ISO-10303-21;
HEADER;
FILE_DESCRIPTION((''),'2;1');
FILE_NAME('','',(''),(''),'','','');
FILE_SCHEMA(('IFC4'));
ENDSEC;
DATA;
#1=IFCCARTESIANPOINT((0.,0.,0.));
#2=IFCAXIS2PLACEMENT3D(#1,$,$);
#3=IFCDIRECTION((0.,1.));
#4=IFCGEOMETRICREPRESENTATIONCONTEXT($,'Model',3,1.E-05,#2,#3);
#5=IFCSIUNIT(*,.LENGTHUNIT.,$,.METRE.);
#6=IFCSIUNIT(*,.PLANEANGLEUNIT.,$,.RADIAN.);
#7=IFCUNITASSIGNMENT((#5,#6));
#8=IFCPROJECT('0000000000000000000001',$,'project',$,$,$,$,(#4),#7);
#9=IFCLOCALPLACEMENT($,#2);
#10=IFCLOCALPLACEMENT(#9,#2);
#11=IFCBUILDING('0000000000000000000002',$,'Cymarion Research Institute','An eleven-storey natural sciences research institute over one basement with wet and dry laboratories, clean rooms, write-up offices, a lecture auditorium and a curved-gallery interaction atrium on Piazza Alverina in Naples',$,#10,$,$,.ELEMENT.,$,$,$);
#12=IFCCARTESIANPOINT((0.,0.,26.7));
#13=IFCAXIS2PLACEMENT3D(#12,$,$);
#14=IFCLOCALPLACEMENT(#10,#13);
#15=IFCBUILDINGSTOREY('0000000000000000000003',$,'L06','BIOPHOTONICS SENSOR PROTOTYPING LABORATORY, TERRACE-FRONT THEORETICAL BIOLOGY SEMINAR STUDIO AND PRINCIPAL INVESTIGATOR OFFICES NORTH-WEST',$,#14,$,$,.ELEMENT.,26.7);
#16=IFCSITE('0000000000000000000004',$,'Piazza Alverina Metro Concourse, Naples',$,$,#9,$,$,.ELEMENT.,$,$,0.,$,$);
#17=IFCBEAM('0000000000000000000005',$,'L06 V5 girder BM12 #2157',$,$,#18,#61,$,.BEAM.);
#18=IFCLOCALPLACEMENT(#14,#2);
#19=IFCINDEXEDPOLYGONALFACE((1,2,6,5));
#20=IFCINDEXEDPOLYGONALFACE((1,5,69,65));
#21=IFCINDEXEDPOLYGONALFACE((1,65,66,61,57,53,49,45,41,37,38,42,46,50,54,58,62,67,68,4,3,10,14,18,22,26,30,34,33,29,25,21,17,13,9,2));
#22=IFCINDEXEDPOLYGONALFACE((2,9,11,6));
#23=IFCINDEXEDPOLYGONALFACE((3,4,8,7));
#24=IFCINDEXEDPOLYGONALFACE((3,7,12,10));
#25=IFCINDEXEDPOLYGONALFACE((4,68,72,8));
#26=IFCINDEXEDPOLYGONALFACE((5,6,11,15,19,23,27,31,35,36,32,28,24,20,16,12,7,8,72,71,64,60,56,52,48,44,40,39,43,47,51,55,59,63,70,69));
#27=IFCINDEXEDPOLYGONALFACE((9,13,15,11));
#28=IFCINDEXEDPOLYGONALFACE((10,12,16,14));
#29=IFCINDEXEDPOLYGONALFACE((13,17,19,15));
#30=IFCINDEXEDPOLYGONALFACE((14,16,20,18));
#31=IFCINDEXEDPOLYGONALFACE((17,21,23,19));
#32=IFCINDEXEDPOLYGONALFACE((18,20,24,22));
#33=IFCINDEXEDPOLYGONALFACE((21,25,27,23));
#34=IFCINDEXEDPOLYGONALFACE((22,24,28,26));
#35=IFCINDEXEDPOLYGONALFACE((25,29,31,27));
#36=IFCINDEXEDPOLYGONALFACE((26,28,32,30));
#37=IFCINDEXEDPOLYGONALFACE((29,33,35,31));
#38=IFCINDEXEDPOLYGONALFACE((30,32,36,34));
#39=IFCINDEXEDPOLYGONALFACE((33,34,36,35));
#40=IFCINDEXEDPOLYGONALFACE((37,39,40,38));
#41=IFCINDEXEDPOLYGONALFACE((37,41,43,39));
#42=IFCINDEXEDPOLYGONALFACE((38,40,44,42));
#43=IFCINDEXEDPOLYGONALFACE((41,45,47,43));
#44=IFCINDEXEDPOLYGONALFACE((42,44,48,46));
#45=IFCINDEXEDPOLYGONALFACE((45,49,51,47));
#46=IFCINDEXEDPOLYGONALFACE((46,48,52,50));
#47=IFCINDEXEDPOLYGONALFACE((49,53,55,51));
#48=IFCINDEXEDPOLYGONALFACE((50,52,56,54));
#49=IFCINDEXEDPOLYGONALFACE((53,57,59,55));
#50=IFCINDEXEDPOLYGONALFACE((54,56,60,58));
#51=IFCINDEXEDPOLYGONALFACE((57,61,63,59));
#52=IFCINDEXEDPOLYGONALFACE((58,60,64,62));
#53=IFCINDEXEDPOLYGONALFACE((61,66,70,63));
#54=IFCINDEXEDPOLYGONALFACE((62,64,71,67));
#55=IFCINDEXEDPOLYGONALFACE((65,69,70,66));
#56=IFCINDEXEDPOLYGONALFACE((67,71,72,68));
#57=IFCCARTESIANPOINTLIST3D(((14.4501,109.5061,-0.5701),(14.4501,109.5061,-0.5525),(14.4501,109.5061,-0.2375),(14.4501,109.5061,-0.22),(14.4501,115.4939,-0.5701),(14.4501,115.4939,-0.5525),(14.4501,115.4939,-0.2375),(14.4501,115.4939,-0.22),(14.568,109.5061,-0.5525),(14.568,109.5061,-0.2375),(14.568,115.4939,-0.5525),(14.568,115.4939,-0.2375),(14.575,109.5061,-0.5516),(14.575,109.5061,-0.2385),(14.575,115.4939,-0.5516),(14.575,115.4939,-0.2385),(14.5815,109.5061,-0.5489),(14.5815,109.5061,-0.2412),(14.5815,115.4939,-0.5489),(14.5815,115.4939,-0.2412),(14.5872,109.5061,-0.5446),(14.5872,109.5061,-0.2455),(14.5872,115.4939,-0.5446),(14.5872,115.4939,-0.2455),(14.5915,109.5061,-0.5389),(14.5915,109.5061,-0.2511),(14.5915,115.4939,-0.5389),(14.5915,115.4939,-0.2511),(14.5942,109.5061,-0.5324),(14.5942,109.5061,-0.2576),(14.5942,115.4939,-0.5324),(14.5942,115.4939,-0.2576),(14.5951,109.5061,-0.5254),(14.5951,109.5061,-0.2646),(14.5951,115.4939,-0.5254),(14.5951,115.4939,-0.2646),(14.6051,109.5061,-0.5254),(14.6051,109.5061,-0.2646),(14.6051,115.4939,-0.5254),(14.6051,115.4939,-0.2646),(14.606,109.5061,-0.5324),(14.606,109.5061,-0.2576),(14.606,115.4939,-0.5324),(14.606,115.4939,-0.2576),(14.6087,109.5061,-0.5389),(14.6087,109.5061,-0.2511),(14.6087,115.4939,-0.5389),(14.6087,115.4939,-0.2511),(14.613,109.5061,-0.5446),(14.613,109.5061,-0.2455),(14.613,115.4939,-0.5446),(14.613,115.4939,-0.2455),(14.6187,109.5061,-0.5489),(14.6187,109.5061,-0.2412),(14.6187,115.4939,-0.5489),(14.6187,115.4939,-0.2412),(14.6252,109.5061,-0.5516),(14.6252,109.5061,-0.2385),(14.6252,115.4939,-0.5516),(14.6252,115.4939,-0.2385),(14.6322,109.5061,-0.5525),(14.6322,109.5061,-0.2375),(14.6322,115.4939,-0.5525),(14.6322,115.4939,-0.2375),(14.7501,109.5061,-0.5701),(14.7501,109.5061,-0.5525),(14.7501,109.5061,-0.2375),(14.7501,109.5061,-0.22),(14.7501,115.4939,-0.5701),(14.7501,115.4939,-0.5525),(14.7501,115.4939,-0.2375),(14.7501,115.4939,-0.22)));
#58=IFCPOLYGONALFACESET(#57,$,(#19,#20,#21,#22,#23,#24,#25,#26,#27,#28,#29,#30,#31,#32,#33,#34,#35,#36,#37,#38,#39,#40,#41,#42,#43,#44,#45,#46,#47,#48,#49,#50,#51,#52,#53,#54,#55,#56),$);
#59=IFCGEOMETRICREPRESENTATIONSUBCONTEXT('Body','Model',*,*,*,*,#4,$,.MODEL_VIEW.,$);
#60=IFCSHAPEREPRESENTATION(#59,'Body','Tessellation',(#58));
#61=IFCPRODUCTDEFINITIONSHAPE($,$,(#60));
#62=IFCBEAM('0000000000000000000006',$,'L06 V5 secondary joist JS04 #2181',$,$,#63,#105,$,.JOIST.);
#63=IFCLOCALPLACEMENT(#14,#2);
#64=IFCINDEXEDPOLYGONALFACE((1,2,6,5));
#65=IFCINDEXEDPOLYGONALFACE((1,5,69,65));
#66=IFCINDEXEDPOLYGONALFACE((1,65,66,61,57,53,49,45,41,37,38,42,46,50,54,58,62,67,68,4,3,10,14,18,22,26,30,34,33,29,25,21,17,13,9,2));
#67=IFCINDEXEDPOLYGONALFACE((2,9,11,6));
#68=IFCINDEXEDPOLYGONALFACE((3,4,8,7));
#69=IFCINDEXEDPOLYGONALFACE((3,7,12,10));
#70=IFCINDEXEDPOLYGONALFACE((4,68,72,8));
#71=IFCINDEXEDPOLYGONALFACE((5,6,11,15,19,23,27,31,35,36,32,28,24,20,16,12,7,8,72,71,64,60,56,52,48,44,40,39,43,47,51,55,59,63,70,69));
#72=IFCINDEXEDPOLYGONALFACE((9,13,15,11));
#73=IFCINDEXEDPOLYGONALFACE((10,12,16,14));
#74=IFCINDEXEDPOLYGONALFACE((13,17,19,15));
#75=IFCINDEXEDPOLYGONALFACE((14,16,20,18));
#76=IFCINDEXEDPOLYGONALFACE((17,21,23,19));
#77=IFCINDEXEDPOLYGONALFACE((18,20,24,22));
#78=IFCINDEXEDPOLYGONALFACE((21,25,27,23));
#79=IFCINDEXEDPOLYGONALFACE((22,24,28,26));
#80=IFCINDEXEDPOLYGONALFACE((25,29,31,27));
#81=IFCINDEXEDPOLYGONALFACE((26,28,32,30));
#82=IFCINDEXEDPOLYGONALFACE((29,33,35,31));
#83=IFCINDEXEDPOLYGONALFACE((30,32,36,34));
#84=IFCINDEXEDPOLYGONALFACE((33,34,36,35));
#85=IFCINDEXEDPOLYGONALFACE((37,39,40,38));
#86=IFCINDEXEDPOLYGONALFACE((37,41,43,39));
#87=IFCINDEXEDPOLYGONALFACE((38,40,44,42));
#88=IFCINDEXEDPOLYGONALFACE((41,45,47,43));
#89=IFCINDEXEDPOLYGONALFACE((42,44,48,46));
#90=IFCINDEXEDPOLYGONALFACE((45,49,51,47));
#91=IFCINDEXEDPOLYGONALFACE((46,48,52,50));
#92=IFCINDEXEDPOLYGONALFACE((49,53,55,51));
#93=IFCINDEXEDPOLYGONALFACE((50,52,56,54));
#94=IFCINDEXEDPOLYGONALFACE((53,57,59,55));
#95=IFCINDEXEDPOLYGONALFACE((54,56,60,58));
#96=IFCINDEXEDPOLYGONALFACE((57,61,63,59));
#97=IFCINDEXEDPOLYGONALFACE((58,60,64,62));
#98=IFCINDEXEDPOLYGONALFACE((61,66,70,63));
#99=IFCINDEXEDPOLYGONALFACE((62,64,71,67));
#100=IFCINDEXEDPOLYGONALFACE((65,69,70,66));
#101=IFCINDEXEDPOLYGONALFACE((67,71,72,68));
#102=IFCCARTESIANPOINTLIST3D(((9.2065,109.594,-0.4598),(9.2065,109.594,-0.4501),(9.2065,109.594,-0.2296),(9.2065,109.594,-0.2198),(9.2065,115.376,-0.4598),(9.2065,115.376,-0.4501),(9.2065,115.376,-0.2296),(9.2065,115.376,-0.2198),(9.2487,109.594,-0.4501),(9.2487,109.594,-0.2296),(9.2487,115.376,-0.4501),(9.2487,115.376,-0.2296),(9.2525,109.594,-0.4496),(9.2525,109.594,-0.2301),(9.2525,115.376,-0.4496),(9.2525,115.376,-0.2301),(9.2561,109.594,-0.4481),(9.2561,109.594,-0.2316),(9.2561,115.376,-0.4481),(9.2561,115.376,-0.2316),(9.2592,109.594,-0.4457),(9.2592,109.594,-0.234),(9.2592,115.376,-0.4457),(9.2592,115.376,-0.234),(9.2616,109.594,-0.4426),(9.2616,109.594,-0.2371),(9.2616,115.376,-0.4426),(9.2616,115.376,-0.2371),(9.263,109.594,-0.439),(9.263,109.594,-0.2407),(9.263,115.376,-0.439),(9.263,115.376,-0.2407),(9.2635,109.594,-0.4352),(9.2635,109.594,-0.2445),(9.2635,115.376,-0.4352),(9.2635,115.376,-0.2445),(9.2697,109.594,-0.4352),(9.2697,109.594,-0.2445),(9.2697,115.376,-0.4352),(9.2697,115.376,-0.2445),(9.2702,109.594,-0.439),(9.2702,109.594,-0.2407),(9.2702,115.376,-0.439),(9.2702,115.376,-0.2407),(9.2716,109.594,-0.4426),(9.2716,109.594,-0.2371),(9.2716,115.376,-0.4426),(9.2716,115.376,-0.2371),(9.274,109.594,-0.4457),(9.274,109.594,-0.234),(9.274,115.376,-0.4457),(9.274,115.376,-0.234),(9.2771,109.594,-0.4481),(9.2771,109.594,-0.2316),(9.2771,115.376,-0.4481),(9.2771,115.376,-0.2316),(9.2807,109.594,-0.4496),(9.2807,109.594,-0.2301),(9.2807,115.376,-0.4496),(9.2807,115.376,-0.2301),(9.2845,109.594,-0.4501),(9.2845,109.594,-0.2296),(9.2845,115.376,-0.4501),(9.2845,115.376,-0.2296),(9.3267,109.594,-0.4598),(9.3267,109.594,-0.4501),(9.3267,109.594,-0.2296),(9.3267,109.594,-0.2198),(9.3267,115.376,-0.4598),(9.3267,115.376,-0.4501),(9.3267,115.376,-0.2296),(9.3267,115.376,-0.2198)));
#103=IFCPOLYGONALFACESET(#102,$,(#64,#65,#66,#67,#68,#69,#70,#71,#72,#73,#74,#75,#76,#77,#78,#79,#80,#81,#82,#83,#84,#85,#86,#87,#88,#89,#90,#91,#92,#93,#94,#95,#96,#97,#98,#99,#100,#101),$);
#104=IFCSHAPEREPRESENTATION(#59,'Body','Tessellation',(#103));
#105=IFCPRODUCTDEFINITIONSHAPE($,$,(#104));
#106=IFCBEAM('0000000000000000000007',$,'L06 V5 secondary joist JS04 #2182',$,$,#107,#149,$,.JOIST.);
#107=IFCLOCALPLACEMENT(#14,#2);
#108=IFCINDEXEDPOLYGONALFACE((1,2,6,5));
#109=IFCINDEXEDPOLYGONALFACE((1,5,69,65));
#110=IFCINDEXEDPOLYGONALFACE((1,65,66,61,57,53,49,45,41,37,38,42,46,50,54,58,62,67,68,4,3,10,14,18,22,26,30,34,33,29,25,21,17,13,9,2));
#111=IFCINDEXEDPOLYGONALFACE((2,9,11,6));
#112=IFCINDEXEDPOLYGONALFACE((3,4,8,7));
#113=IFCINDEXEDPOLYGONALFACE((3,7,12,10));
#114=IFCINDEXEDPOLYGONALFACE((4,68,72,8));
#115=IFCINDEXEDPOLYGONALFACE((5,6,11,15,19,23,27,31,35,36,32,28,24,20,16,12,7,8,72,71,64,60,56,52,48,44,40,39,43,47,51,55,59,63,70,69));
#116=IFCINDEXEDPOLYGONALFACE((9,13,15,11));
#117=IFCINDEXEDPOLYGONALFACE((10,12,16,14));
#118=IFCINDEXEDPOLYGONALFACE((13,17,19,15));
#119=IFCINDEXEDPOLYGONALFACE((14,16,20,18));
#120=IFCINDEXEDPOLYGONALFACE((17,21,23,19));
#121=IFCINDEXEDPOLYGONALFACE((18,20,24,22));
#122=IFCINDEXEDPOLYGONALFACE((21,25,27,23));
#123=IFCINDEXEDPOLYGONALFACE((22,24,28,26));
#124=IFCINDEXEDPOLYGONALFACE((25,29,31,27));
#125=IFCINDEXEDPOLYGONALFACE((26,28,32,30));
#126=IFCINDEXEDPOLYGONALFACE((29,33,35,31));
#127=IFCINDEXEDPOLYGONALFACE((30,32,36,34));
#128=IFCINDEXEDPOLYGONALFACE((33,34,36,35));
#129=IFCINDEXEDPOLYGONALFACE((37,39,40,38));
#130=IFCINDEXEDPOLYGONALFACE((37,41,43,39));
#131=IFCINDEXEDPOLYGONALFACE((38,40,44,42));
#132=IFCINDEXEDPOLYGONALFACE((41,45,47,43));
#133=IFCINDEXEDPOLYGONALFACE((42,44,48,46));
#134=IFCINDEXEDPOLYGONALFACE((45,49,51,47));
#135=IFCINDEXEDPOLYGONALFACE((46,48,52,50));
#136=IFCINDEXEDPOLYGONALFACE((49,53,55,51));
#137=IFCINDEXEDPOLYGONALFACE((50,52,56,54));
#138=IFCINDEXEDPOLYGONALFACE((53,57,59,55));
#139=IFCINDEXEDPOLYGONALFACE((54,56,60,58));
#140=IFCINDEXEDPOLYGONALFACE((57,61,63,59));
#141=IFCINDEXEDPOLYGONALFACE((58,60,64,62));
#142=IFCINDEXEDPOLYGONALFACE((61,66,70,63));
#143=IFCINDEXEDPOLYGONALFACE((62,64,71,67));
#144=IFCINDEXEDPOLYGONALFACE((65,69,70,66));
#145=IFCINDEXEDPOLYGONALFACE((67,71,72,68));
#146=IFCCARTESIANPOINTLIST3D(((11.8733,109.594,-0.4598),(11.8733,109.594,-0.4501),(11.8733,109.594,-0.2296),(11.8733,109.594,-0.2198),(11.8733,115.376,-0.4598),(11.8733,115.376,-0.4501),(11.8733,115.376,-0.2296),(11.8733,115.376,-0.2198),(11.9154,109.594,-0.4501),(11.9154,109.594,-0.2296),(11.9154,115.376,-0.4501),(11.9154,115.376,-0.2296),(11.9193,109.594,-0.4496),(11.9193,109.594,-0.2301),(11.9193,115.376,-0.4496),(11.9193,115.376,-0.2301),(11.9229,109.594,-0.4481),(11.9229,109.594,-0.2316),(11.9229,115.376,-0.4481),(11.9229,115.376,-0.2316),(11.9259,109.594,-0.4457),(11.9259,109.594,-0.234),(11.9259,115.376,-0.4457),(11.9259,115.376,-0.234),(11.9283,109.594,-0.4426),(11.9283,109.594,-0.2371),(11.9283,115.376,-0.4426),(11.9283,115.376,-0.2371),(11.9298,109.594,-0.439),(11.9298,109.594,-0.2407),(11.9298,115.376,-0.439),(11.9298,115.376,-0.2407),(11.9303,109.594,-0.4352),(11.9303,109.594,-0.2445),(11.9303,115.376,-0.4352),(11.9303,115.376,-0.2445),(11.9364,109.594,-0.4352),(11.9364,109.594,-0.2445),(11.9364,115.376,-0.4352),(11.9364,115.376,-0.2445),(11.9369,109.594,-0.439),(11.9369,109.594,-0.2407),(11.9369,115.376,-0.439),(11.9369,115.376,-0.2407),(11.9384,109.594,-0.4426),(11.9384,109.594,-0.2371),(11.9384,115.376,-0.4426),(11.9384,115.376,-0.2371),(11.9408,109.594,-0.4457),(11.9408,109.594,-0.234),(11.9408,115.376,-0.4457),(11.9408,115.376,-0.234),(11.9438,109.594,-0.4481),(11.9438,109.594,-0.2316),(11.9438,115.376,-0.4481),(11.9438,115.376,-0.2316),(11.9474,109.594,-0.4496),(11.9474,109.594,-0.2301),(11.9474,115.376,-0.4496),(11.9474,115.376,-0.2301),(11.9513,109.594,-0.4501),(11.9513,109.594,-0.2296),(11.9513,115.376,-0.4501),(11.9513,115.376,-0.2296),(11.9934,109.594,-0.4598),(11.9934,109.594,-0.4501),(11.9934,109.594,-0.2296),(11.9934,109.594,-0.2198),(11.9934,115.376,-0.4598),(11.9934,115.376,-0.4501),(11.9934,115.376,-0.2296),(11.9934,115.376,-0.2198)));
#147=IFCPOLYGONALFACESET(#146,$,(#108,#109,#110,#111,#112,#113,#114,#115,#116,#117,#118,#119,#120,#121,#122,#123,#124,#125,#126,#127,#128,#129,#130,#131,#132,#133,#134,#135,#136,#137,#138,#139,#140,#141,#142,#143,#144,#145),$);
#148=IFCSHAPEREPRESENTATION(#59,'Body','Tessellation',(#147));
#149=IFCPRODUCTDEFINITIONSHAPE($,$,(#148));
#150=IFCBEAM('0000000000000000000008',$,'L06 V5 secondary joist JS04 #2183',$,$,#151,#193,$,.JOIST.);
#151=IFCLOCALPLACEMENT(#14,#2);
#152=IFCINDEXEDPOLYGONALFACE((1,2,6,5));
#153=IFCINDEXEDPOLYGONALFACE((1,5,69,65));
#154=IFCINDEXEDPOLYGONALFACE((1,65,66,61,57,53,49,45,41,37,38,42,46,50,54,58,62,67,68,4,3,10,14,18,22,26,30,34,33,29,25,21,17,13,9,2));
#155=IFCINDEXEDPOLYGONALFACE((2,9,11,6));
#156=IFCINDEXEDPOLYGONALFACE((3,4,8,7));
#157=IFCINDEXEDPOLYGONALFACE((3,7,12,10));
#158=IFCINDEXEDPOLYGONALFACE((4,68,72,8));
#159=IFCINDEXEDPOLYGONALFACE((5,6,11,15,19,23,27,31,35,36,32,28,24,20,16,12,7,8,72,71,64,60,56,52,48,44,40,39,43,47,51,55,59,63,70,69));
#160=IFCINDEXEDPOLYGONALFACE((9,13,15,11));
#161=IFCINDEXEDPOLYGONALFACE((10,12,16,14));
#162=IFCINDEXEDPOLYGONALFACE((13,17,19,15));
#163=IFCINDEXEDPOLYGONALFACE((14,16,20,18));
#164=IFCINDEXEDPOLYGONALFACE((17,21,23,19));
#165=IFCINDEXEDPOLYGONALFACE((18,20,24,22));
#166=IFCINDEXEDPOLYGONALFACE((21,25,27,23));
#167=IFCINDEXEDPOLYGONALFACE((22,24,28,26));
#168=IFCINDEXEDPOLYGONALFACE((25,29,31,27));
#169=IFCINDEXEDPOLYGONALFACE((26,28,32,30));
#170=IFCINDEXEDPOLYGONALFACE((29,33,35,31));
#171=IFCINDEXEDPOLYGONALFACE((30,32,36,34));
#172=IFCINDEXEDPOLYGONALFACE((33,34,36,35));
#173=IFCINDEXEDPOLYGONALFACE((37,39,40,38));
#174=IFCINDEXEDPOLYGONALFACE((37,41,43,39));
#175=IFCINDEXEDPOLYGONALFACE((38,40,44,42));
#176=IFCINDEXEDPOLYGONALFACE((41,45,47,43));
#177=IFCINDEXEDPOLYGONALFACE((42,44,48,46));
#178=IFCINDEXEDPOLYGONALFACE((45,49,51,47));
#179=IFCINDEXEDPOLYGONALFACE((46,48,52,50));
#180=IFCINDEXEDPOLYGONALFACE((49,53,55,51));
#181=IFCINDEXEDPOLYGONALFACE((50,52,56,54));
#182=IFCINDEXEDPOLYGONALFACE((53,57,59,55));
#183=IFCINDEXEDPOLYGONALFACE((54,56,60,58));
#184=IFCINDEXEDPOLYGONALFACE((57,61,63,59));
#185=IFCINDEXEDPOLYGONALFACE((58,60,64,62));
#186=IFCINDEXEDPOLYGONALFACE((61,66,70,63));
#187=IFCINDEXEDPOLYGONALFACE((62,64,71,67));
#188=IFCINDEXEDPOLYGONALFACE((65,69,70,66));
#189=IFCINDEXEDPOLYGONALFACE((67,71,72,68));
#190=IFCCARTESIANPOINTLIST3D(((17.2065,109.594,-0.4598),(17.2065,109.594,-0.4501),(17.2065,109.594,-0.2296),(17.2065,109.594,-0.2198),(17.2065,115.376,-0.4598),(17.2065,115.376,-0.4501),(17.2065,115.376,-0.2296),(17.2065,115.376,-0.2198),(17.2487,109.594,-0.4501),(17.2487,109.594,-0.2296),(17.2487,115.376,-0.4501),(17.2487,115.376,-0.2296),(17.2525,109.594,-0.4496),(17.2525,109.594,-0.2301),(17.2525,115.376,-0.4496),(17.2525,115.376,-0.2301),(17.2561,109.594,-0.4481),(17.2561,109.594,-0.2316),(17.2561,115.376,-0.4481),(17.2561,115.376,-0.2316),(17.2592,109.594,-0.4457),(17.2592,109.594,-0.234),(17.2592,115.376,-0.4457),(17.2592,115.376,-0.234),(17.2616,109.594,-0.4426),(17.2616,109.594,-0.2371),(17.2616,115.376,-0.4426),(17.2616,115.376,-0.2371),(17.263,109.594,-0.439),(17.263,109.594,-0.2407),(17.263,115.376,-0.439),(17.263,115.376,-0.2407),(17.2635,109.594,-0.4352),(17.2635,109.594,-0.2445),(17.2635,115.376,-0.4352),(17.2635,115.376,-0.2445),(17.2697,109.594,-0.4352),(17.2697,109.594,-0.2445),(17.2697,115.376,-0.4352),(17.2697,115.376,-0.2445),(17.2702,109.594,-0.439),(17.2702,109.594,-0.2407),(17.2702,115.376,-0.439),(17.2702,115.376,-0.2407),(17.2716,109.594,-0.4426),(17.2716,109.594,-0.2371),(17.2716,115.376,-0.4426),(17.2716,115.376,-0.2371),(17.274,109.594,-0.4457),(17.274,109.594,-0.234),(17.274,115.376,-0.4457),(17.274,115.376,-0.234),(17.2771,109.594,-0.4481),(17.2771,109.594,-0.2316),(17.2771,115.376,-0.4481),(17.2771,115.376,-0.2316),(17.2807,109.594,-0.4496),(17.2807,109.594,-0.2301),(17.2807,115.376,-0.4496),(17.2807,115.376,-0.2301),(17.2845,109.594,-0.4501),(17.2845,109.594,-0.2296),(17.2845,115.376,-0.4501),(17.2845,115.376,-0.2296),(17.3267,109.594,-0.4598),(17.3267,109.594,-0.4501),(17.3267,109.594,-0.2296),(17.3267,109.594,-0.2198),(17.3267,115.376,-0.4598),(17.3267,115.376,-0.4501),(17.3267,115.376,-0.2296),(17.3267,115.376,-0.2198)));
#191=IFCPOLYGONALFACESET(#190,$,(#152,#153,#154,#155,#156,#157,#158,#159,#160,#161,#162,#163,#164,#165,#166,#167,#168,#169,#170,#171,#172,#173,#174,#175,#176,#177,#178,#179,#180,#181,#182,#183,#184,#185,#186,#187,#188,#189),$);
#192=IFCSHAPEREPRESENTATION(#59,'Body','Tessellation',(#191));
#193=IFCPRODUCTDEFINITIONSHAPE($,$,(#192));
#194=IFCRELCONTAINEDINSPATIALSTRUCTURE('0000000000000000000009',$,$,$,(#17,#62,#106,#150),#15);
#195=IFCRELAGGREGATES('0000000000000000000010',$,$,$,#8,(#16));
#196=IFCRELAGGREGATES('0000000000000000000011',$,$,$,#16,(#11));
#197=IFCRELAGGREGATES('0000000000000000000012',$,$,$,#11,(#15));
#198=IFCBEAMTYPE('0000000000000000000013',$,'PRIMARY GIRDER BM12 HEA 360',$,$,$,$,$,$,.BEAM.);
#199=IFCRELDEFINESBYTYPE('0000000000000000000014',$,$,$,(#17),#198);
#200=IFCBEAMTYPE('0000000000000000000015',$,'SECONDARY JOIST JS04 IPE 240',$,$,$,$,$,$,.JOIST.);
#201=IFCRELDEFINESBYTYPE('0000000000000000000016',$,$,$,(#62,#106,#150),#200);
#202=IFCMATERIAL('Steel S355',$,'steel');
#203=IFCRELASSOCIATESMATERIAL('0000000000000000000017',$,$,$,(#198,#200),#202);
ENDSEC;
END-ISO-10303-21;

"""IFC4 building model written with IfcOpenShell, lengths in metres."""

from ifc_helpers import new_model, si_unit, direction, frame, origin, origin_2d, place, context, subcontext, project, spatial, i_section, extrude, material, material_profile, profile_set, type_object, element, save


model = new_model("IFC4")

# Units and contexts
model_context = context("Model", 3, precision=1e-05, world=origin(), true_north=direction((0.0, 1.0)))
body_context = subcontext(model_context, "Body", "Model", "MODEL_VIEW")
ifc_project = project(units=[si_unit("LENGTHUNIT", "METRE"), si_unit("PLANEANGLEUNIT", "RADIAN")], contexts=[model_context])

# Site, building, storey
site_placement = place(None, origin())
site = spatial("IfcSite", under=ifc_project, at=site_placement, Name="Piazza Alverina Metro Concourse, Naples", CompositionType="ELEMENT", RefElevation=0.0)
building_placement = place(site_placement, origin())
building = spatial("IfcBuilding", under=site, at=building_placement, Name="Cymarion Research Institute", Description="An eleven-storey natural sciences research institute over one basement with wet and dry laboratories, clean rooms, write-up offices, a lecture auditorium and a curved-gallery interaction atrium on Piazza Alverina in Naples", CompositionType="ELEMENT")
storey_placement = place(building_placement, frame((0.0, 0.0, 26.7)))
storey = spatial("IfcBuildingStorey", under=building, at=storey_placement, Name="L06", Description="BIOPHOTONICS SENSOR PROTOTYPING LABORATORY, TERRACE-FRONT THEORETICAL BIOLOGY SEMINAR STUDIO AND PRINCIPAL INVESTIGATOR OFFICES NORTH-WEST", CompositionType="ELEMENT", Elevation=26.7)

# Shared definitions
ifc_material_1 = material(Name="Steel S355", Category="steel")

# Beams
ifc_material_profile_1 = material_profile(ifc_material_1, i_section(OverallWidth=0.3, OverallDepth=0.3501, WebThickness=0.01, FlangeThickness=0.0176, FilletRadius=0.0271, at=origin_2d()), Name="HEA 360")
ifc_profile_set_1 = profile_set([ifc_material_profile_1], Name="Steel S355")
beam_type_1 = type_object("IfcBeamType", Name="PRIMARY GIRDER BM12 HEA 360", PredefinedType="BEAM", material=ifc_profile_set_1)
beam_1_placement = place(storey_placement, frame((14.6001, 109.5061, -0.395), z_axis=(0.0, 1.0, 0.0), x_axis=(-1.0, 0.0, 0.0)))
element("IfcBeam", 1, at=beam_1_placement, inside=storey, type_object=beam_type_1, Name="L06 V5 girder BM12 #2157", PredefinedType="BEAM", context=body_context, shape_type="SweptSolid", body=[
    extrude(i_section(OverallWidth=0.3, OverallDepth=0.3501, WebThickness=0.01, FlangeThickness=0.0176, FilletRadius=0.0271, at=origin_2d()), origin(), (0.0, 0.0, 1.0), 5.9878),
])
ifc_material_profile_2 = material_profile(ifc_material_1, i_section(OverallWidth=0.1201, OverallDepth=0.24, WebThickness=0.0061, FlangeThickness=0.0098, FilletRadius=0.0149, at=origin_2d()), Name="IPE 240")
ifc_profile_set_2 = profile_set([ifc_material_profile_2], Name="Steel S355")
beam_type_2 = type_object("IfcBeamType", Name="SECONDARY JOIST JS04 IPE 240", PredefinedType="JOIST", material=ifc_profile_set_2)
for number, where, z_axis, x_axis, name in (
    (2, (9.2666, 109.594, -0.3398), (0.0, 1.0, 0.0), (-1.0, 0.0, 0.0), "L06 V5 secondary joist JS04 #2181"),
    (3, (11.9333, 109.594, -0.3398), (0.0, 1.0, 0.0), (-1.0, 0.0, 0.0), "L06 V5 secondary joist JS04 #2182"),
    (4, (17.2666, 109.594, -0.3398), (0.0, 1.0, 0.0), (-1.0, 0.0, 0.0), "L06 V5 secondary joist JS04 #2183"),
):
    element("IfcBeam", number, at=place(storey_placement, frame(where, z_axis=z_axis, x_axis=x_axis)), inside=storey, type_object=beam_type_2, Name=name, PredefinedType="JOIST", context=body_context, shape_type="SweptSolid", body=[
        extrude(i_section(OverallWidth=0.1201, OverallDepth=0.24, WebThickness=0.0061, FlangeThickness=0.0098, FilletRadius=0.0149, at=origin_2d()), origin(), (0.0, 0.0, 1.0), 5.782),
    ])

save(model, "model.ifc")
